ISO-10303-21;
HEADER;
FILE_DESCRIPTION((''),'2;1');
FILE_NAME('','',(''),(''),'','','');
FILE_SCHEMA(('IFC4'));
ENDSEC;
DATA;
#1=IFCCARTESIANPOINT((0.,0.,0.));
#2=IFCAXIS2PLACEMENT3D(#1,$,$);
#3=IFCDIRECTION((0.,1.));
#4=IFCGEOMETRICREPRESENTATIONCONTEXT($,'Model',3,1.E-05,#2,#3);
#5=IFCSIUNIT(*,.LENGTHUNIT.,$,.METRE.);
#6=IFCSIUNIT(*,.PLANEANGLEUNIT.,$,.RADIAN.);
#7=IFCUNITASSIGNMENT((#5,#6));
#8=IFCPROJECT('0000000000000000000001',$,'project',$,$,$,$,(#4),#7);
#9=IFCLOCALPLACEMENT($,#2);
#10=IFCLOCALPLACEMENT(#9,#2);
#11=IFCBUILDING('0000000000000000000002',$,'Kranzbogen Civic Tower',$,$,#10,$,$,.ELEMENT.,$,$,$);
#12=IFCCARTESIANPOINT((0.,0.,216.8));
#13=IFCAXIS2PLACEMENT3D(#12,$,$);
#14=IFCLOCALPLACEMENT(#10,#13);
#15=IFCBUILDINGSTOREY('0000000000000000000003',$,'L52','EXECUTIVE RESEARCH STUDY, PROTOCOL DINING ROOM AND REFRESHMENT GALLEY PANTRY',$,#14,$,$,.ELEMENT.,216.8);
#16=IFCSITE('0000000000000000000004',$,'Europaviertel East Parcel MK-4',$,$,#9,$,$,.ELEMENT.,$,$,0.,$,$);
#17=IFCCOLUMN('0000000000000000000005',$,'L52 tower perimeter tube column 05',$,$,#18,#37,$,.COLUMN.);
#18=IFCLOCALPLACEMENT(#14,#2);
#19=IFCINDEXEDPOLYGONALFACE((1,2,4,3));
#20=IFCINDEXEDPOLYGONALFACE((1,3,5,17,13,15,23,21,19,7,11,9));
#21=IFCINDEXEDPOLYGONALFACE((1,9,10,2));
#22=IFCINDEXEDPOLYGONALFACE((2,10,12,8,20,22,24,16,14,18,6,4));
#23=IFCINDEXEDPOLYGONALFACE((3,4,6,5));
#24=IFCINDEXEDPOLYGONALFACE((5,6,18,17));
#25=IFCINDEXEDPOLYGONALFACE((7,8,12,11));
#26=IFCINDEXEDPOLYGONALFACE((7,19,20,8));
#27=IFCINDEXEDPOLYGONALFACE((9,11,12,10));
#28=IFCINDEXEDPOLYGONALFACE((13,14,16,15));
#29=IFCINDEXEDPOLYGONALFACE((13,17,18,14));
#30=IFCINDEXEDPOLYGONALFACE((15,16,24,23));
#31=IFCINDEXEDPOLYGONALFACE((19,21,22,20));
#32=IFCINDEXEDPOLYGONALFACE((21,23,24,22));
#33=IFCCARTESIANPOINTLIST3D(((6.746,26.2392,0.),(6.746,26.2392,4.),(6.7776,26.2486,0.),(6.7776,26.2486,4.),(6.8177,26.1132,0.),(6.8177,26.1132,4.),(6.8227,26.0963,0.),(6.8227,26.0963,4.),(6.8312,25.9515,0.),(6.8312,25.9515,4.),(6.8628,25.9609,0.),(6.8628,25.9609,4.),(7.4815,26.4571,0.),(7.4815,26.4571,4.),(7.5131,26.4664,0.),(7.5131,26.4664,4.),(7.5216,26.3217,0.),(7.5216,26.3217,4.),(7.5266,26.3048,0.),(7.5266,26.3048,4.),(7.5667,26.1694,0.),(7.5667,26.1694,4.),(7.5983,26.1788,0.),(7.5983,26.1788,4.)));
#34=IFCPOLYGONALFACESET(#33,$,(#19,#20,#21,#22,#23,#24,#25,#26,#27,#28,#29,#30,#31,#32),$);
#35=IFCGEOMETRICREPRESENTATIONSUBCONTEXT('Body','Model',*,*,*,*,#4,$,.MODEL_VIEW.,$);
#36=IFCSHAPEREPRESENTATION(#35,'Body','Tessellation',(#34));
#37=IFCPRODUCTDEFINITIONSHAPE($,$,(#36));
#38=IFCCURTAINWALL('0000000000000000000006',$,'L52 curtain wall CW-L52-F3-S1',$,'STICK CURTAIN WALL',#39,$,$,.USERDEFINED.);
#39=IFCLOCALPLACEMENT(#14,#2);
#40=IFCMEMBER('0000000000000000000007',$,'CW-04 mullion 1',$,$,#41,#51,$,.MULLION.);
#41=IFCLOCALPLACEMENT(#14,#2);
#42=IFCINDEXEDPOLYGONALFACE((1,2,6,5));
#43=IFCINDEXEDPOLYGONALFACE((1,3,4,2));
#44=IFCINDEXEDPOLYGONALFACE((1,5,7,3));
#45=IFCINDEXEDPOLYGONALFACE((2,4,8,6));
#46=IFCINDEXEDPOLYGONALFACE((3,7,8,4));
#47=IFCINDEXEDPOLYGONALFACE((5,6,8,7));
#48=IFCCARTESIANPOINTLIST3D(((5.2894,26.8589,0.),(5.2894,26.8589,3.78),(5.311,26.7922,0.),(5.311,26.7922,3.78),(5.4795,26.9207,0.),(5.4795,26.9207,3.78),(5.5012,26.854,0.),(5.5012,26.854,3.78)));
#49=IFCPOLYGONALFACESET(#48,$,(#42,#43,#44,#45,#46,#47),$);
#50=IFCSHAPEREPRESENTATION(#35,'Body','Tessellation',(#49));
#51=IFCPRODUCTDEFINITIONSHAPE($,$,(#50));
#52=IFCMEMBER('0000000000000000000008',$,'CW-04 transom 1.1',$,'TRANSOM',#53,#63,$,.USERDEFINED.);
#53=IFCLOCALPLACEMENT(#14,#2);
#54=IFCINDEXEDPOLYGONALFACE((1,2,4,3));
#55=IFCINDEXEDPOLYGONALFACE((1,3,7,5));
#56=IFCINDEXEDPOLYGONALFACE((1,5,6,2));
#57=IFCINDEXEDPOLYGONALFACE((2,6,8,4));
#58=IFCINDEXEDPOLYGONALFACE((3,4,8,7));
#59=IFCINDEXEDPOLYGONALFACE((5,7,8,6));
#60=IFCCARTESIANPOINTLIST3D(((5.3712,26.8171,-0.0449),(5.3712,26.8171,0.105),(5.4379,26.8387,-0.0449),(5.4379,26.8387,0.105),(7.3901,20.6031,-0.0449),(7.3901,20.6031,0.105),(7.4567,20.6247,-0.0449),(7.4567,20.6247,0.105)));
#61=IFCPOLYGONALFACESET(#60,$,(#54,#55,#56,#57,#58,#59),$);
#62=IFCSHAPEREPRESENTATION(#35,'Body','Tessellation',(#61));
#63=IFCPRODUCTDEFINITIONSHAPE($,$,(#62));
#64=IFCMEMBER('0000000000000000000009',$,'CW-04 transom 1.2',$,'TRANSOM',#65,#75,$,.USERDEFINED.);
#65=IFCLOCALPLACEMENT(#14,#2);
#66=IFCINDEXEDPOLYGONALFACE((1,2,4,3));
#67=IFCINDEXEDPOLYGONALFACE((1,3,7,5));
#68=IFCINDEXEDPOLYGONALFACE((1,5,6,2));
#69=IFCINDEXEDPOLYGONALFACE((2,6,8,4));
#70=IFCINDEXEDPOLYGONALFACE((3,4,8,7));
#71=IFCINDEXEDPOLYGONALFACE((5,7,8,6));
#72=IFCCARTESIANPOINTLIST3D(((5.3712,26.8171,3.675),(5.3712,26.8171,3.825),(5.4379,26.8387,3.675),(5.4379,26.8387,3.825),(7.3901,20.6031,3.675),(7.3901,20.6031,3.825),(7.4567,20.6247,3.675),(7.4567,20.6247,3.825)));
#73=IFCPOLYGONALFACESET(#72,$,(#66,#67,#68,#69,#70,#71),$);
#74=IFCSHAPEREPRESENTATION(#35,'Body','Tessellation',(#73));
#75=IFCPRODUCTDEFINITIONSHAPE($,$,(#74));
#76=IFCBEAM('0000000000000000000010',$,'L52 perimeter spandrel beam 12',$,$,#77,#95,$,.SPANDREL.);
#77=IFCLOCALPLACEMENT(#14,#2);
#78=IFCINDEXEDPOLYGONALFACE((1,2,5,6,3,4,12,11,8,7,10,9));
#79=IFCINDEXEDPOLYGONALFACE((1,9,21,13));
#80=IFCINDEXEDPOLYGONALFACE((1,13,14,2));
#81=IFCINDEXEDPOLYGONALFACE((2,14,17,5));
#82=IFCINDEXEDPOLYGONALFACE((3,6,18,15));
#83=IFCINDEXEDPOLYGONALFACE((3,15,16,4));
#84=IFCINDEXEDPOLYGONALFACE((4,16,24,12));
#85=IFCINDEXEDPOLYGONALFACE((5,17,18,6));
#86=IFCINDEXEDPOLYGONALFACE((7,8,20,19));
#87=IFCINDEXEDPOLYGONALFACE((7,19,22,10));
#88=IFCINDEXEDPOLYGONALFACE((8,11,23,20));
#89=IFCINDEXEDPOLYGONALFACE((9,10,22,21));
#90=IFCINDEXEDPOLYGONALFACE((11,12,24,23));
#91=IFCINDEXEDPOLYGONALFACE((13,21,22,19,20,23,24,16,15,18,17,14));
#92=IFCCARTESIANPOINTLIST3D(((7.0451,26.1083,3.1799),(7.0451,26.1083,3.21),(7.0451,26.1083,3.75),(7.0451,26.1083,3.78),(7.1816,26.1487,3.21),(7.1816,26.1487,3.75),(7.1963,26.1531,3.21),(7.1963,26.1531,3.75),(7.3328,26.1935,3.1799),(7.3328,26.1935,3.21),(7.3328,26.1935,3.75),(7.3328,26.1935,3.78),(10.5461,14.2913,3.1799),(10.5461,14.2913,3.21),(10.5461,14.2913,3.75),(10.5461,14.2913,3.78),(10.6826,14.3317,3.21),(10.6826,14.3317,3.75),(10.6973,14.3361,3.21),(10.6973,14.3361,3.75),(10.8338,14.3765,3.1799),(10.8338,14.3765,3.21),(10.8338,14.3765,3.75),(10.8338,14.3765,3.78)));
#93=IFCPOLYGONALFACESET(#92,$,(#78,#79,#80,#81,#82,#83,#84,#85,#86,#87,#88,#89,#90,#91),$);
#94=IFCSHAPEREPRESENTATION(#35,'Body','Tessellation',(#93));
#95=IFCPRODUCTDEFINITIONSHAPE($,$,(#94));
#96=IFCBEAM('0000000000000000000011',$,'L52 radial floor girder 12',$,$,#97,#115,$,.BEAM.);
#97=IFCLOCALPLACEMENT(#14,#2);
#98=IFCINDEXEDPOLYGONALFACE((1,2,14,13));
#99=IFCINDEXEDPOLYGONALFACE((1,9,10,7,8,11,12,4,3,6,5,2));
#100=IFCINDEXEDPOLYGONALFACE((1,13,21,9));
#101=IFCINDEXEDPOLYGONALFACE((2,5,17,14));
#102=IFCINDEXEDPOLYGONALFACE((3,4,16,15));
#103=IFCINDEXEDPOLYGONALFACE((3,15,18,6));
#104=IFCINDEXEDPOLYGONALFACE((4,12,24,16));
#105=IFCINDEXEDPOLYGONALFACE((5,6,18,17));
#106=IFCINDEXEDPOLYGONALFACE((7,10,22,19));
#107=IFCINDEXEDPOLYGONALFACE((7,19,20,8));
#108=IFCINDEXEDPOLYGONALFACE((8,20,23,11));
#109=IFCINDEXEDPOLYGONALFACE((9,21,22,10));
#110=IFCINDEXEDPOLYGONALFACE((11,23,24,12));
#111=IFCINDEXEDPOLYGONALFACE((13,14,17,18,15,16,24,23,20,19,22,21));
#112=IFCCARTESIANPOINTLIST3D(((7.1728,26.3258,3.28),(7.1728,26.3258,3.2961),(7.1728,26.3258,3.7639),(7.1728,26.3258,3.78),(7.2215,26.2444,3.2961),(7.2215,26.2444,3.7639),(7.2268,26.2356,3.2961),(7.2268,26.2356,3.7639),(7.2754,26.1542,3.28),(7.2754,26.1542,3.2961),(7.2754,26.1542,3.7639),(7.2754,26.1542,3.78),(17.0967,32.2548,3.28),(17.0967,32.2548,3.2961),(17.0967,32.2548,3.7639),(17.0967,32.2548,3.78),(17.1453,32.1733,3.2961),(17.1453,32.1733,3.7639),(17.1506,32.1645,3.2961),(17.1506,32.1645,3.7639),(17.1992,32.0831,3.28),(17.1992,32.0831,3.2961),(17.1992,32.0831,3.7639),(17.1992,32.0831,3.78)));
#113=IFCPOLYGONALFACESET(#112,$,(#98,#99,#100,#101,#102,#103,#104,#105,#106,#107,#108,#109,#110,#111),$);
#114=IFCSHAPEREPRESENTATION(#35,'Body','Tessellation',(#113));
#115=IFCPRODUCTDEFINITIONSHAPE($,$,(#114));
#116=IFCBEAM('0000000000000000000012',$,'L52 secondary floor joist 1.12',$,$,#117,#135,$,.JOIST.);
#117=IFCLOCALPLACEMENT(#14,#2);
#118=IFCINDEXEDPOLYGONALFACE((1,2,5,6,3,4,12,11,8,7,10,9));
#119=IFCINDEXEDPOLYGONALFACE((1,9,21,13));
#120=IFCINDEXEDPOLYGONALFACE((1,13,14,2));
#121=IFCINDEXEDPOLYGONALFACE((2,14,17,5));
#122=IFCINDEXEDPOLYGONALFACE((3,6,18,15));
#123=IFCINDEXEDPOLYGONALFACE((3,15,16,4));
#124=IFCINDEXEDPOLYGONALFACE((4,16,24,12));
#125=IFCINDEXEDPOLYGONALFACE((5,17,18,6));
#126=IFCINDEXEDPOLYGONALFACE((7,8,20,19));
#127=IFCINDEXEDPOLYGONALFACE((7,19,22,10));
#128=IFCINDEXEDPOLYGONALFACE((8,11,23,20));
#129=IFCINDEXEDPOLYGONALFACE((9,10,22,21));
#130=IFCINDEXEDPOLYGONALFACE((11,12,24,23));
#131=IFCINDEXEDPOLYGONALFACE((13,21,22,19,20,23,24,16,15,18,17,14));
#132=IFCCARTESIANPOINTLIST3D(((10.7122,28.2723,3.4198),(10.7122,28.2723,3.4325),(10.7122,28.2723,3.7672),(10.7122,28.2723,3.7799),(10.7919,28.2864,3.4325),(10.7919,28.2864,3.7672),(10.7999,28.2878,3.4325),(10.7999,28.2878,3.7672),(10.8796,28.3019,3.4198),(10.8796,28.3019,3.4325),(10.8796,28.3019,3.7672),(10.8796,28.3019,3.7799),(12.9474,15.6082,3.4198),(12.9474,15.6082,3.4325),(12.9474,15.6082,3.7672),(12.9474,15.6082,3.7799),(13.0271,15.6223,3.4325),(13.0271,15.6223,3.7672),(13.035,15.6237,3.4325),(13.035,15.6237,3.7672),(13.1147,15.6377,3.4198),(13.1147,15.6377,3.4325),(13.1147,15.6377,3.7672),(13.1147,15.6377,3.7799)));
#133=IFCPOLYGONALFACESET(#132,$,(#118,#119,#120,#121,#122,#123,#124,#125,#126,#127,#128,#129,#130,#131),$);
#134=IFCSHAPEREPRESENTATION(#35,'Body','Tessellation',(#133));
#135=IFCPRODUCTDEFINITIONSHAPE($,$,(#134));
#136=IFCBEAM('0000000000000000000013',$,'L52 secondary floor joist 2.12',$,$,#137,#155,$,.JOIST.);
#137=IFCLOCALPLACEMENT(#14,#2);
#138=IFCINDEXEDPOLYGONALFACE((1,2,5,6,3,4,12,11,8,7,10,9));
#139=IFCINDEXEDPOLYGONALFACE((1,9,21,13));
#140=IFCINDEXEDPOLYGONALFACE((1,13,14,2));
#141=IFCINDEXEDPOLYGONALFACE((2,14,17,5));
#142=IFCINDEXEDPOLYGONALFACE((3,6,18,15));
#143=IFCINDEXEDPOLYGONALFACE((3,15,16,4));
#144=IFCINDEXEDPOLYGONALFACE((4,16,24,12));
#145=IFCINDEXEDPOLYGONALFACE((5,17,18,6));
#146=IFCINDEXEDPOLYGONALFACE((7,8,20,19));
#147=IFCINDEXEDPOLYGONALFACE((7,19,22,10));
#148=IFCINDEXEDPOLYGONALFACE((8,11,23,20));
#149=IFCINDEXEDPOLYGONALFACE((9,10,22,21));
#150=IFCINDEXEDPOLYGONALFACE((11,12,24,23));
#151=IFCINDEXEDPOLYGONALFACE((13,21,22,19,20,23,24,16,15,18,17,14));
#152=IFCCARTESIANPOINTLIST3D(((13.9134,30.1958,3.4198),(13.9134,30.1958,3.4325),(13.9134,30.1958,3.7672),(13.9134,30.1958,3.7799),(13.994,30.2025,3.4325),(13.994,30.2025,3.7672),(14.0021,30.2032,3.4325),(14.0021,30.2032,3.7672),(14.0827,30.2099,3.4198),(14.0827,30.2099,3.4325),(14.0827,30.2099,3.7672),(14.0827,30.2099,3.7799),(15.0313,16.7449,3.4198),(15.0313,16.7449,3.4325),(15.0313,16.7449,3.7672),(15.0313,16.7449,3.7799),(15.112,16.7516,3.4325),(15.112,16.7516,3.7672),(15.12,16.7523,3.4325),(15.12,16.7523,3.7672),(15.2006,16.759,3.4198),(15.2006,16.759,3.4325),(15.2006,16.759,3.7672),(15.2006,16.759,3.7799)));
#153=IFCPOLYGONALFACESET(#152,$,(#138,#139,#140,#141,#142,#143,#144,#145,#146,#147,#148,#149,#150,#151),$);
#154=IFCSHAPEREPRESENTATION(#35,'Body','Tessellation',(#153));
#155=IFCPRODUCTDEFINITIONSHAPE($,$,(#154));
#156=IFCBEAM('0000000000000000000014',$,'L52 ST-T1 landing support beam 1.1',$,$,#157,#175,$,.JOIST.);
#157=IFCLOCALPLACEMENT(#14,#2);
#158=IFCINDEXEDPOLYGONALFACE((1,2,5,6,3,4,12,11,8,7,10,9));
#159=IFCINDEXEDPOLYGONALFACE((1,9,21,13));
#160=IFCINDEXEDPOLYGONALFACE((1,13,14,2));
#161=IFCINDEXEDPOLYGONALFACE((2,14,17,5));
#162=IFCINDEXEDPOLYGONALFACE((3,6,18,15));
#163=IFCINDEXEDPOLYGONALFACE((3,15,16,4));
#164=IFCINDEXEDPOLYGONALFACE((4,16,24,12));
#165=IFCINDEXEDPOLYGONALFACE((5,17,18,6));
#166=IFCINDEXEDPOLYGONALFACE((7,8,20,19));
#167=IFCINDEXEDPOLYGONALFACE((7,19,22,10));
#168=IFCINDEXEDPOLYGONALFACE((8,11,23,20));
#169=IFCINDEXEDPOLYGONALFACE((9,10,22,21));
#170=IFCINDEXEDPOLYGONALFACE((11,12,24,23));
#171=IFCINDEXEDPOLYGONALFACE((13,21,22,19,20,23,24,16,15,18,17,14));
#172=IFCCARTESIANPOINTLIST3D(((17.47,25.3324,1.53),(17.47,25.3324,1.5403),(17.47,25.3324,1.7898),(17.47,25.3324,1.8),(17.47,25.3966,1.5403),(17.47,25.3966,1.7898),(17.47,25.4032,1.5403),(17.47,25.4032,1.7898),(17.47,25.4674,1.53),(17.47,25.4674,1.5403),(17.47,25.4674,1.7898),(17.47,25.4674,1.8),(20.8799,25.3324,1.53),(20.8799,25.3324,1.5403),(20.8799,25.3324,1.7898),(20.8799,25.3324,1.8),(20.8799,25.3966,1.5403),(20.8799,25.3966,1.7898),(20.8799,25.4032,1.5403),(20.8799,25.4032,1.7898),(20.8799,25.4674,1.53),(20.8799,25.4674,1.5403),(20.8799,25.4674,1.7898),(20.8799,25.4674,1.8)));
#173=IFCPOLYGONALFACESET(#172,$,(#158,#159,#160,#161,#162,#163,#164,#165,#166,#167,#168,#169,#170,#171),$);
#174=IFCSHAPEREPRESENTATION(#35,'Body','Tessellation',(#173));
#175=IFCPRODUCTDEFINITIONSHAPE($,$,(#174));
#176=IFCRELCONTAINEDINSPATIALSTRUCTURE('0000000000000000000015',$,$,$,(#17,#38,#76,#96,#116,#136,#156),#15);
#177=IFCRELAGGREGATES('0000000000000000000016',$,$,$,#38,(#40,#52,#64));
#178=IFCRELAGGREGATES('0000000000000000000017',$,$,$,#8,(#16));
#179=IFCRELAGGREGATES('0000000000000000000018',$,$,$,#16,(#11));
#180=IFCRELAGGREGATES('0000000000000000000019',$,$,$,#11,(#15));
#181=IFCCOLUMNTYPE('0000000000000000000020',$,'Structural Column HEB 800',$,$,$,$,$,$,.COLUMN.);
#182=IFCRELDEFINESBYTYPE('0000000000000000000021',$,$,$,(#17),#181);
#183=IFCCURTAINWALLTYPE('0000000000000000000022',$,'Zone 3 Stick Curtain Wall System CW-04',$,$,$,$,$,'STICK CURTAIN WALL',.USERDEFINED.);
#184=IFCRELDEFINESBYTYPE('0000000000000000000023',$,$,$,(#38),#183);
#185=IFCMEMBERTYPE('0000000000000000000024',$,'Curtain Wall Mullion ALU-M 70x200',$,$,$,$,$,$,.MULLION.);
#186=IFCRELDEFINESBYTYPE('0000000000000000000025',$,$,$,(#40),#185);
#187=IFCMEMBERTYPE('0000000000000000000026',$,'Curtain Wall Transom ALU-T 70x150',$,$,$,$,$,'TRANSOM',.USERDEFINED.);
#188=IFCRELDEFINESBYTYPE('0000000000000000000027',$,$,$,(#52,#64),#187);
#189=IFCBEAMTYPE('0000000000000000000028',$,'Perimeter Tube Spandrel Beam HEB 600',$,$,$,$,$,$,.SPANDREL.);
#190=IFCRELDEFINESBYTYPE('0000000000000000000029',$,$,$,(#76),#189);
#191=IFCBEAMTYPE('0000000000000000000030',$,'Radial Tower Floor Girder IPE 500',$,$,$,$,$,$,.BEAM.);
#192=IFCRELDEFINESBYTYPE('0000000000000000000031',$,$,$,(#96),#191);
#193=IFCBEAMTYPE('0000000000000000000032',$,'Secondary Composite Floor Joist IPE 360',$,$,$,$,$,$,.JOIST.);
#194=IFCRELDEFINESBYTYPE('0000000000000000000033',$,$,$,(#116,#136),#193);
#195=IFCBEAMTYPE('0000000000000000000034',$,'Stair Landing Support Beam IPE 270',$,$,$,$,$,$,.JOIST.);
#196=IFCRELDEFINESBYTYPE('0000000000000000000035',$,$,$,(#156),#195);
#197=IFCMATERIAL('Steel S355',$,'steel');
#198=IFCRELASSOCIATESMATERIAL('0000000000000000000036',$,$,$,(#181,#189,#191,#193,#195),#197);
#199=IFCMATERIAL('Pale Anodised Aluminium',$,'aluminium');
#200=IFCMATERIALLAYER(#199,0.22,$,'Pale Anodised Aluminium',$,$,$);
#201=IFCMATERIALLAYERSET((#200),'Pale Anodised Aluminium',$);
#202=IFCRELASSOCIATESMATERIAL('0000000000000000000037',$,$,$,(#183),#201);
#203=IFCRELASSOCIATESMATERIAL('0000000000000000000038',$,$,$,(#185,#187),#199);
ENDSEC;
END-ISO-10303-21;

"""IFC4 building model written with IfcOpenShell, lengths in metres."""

from ifc_helpers import new_model, si_unit, direction, frame, origin, origin_2d, place, context, subcontext, project, spatial, rectangle, i_section, extrude, material, layer, layer_set, material_profile, profile_set, type_object, element, aggregate, save


model = new_model("IFC4")

# Units and contexts
model_context = context("Model", 3, precision=1e-05, world=origin(), true_north=direction((0.0, 1.0)))
body_context = subcontext(model_context, "Body", "Model", "MODEL_VIEW")
ifc_project = project(units=[si_unit("LENGTHUNIT", "METRE"), si_unit("PLANEANGLEUNIT", "RADIAN")], contexts=[model_context])

# Site, building, storey
site_placement = place(None, origin())
site = spatial("IfcSite", under=ifc_project, at=site_placement, Name="Europaviertel East Parcel MK-4", CompositionType="ELEMENT", RefElevation=0.0)
building_placement = place(site_placement, origin())
building = spatial("IfcBuilding", under=site, at=building_placement, Name="Kranzbogen Civic Tower", CompositionType="ELEMENT")
storey_placement = place(building_placement, frame((0.0, 0.0, 216.8)))
storey = spatial("IfcBuildingStorey", under=building, at=storey_placement, Name="L52", Description="EXECUTIVE RESEARCH STUDY, PROTOCOL DINING ROOM AND REFRESHMENT GALLEY PANTRY", CompositionType="ELEMENT", Elevation=216.8)

# Column
ifc_material_1 = material(Name="Steel S355", Category="steel")
ifc_material_profile_1 = material_profile(ifc_material_1, i_section(OverallWidth=0.3, OverallDepth=0.8, WebThickness=0.0176, FlangeThickness=0.033, at=origin_2d()), Name="HEB 800")
ifc_profile_set_1 = profile_set([ifc_material_profile_1], Name="Steel S355")
column_type = type_object("IfcColumnType", Name="Structural Column HEB 800", PredefinedType="COLUMN", material=ifc_profile_set_1)
column_placement = place(storey_placement, frame((7.1721, 26.209, 0.0), z_axis=(0.0, 0.0, 1.0), x_axis=(-0.284015, 0.95882, 0.0)))
element("IfcColumn", 1, at=column_placement, inside=storey, type_object=column_type, Name="L52 tower perimeter tube column 05", PredefinedType="COLUMN", context=body_context, shape_type="SweptSolid", body=[
    extrude(i_section(OverallWidth=0.3, OverallDepth=0.8, WebThickness=0.0176, FlangeThickness=0.033, at=origin_2d()), origin(), (0.0, 0.0, 1.0), 4.0),
])

# Curtain wall, members
ifc_material_2 = material(Name="Pale Anodised Aluminium", Category="aluminium")
ifc_layer_1 = layer(ifc_material_2, 0.22, Name="Pale Anodised Aluminium")
ifc_layer_set_1 = layer_set([ifc_layer_1], Name="Pale Anodised Aluminium")
curtain_wall_type = type_object("IfcCurtainWallType", Name="Zone 3 Stick Curtain Wall System CW-04", ElementType="STICK CURTAIN WALL", PredefinedType="USERDEFINED", material=ifc_layer_set_1)
curtain_wall_placement = place(storey_placement, origin())
curtain_wall = element("IfcCurtainWall", 2, at=curtain_wall_placement, inside=storey, type_object=curtain_wall_type, Name="L52 curtain wall CW-L52-F3-S1", ObjectType="STICK CURTAIN WALL", PredefinedType="USERDEFINED")
ifc_material_profile_2 = material_profile(ifc_material_2, rectangle(XDim=0.0701, YDim=0.2, at=origin_2d()), Name="ALU-M 70x200")
ifc_profile_set_2 = profile_set([ifc_material_profile_2], Name="Pale Anodised Aluminium")
member_type_1 = type_object("IfcMemberType", Name="Curtain Wall Mullion ALU-M 70x200", PredefinedType="MULLION", material=ifc_profile_set_2)
member_1_placement = place(storey_placement, frame((5.3953, 26.8564, 0.0), z_axis=(0.0, 0.0, 1.0), x_axis=(0.309005, -0.951061, 0.0)))
member_1 = element("IfcMember", 3, at=member_1_placement, type_object=member_type_1, Name="CW-04 mullion 1", PredefinedType="MULLION", context=body_context, shape_type="SweptSolid", body=[
    extrude(rectangle(XDim=0.0701, YDim=0.2, at=origin_2d()), origin(), (0.0, 0.0, 1.0), 3.78),
])
ifc_material_profile_3 = material_profile(ifc_material_2, rectangle(XDim=0.0701, YDim=0.1499, at=origin_2d()), Name="ALU-T 70x150")
ifc_profile_set_3 = profile_set([ifc_material_profile_3], Name="Pale Anodised Aluminium")
member_type_2 = type_object("IfcMemberType", Name="Curtain Wall Transom ALU-T 70x150", ElementType="TRANSOM", PredefinedType="USERDEFINED", material=ifc_profile_set_3)
member_2_placement = place(storey_placement, frame((5.4045, 26.8279, 0.03), z_axis=(0.308988, -0.951066, 0.0), x_axis=(0.951066, 0.308988, 0.0)))
member_2 = element("IfcMember", 4, at=member_2_placement, type_object=member_type_2, Name="CW-04 transom 1.1", ObjectType="TRANSOM", PredefinedType="USERDEFINED", context=body_context, shape_type="SweptSolid", body=[
    extrude(rectangle(XDim=0.0701, YDim=0.1499, at=origin_2d()), origin(), (0.0, 0.0, 1.0), 6.5337),
])
member_3_placement = place(storey_placement, frame((5.4045, 26.8279, 3.75), z_axis=(0.308988, -0.951066, 0.0), x_axis=(0.951066, 0.308988, 0.0)))
member_3 = element("IfcMember", 5, at=member_3_placement, type_object=member_type_2, Name="CW-04 transom 1.2", ObjectType="TRANSOM", PredefinedType="USERDEFINED", context=body_context, shape_type="SweptSolid", body=[
    extrude(rectangle(XDim=0.0701, YDim=0.1499, at=origin_2d()), origin(), (0.0, 0.0, 1.0), 6.5337),
])

# Beams
ifc_material_profile_4 = material_profile(ifc_material_1, i_section(OverallWidth=0.3, OverallDepth=0.6001, WebThickness=0.0154, FlangeThickness=0.03, at=origin_2d()), Name="HEB 600")
ifc_profile_set_4 = profile_set([ifc_material_profile_4], Name="Steel S355")
beam_type_1 = type_object("IfcBeamType", Name="Perimeter Tube Spandrel Beam HEB 600", PredefinedType="SPANDREL", material=ifc_profile_set_4)
beam_1_placement = place(storey_placement, frame((7.189, 26.1509, 3.48), z_axis=(0.284064, -0.958805, 0.0), x_axis=(0.958805, 0.284064, 0.0)))
element("IfcBeam", 6, at=beam_1_placement, inside=storey, type_object=beam_type_1, Name="L52 perimeter spandrel beam 12", PredefinedType="SPANDREL", context=body_context, shape_type="SweptSolid", body=[
    extrude(i_section(OverallWidth=0.3, OverallDepth=0.6001, WebThickness=0.0154, FlangeThickness=0.03, at=origin_2d()), origin(), (0.0, 0.0, 1.0), 12.3247),
])
ifc_material_profile_5 = material_profile(ifc_material_1, i_section(OverallWidth=0.2, OverallDepth=0.5, WebThickness=0.0103, FlangeThickness=0.0161, at=origin_2d()), Name="IPE 500")
ifc_profile_set_5 = profile_set([ifc_material_profile_5], Name="Steel S355")
beam_type_2 = type_object("IfcBeamType", Name="Radial Tower Floor Girder IPE 500", PredefinedType="BEAM", material=ifc_profile_set_5)
beam_2_placement = place(storey_placement, frame((7.2241, 26.24, 3.53), z_axis=(0.858459, 0.512883, 0.0), x_axis=(-0.512883, 0.858459, 0.0)))
element("IfcBeam", 7, at=beam_2_placement, inside=storey, type_object=beam_type_2, Name="L52 radial floor girder 12", PredefinedType="BEAM", context=body_context, shape_type="SweptSolid", body=[
    extrude(i_section(OverallWidth=0.2, OverallDepth=0.5, WebThickness=0.0103, FlangeThickness=0.0161, at=origin_2d()), origin(), (0.0, 0.0, 1.0), 11.5601),
])
ifc_material_profile_6 = material_profile(ifc_material_1, i_section(OverallWidth=0.1699, OverallDepth=0.3601, WebThickness=0.0081, FlangeThickness=0.0127, at=origin_2d()), Name="IPE 360")
ifc_profile_set_6 = profile_set([ifc_material_profile_6], Name="Steel S355")
beam_type_3 = type_object("IfcBeamType", Name="Secondary Composite Floor Joist IPE 360", PredefinedType="JOIST", material=ifc_profile_set_6)
beam_3_placement = place(storey_placement, frame((10.7959, 28.2871, 3.5999), z_axis=(0.173806, -0.98478, 0.0), x_axis=(0.98478, 0.173806, 0.0)))
element("IfcBeam", 8, at=beam_3_placement, inside=storey, type_object=beam_type_3, Name="L52 secondary floor joist 1.12", PredefinedType="JOIST", context=body_context, shape_type="SweptSolid", body=[
    extrude(i_section(OverallWidth=0.1699, OverallDepth=0.3601, WebThickness=0.0081, FlangeThickness=0.0127, at=origin_2d()), origin(), (0.0, 0.0, 1.0), 12.8599),
])
beam_4_placement = place(storey_placement, frame((13.998, 30.2029, 3.5999), z_axis=(0.082825, -0.996564, 0.0), x_axis=(0.996564, 0.082825, 0.0)))
element("IfcBeam", 9, at=beam_4_placement, inside=storey, type_object=beam_type_3, Name="L52 secondary floor joist 2.12", PredefinedType="JOIST", context=body_context, shape_type="SweptSolid", body=[
    extrude(i_section(OverallWidth=0.1699, OverallDepth=0.3601, WebThickness=0.0081, FlangeThickness=0.0127, at=origin_2d()), origin(), (0.0, 0.0, 1.0), 13.4973),
])
ifc_material_profile_7 = material_profile(ifc_material_1, i_section(OverallWidth=0.135, OverallDepth=0.27, WebThickness=0.0066, FlangeThickness=0.0103, at=origin_2d()), Name="IPE 270")
ifc_profile_set_7 = profile_set([ifc_material_profile_7], Name="Steel S355")
beam_type_4 = type_object("IfcBeamType", Name="Stair Landing Support Beam IPE 270", PredefinedType="JOIST", material=ifc_profile_set_7)
for number, where, z_axis, x_axis, name in (
    (10, (20.8799, 25.3999, 1.665), (-1.0, 0.0, 0.0), (0.0, -1.0, 0.0), "L52 ST-T1 landing support beam 1.1"),
):
    element("IfcBeam", number, at=place(storey_placement, frame(where, z_axis=z_axis, x_axis=x_axis)), inside=storey, type_object=beam_type_4, Name=name, PredefinedType="JOIST", context=body_context, shape_type="SweptSolid", body=[
        extrude(i_section(OverallWidth=0.135, OverallDepth=0.27, WebThickness=0.0066, FlangeThickness=0.0103, at=origin_2d()), origin(), (0.0, 0.0, 1.0), 3.4099),
    ])

aggregate(curtain_wall, [member_1, member_2, member_3])

save(model, "model.ifc")
